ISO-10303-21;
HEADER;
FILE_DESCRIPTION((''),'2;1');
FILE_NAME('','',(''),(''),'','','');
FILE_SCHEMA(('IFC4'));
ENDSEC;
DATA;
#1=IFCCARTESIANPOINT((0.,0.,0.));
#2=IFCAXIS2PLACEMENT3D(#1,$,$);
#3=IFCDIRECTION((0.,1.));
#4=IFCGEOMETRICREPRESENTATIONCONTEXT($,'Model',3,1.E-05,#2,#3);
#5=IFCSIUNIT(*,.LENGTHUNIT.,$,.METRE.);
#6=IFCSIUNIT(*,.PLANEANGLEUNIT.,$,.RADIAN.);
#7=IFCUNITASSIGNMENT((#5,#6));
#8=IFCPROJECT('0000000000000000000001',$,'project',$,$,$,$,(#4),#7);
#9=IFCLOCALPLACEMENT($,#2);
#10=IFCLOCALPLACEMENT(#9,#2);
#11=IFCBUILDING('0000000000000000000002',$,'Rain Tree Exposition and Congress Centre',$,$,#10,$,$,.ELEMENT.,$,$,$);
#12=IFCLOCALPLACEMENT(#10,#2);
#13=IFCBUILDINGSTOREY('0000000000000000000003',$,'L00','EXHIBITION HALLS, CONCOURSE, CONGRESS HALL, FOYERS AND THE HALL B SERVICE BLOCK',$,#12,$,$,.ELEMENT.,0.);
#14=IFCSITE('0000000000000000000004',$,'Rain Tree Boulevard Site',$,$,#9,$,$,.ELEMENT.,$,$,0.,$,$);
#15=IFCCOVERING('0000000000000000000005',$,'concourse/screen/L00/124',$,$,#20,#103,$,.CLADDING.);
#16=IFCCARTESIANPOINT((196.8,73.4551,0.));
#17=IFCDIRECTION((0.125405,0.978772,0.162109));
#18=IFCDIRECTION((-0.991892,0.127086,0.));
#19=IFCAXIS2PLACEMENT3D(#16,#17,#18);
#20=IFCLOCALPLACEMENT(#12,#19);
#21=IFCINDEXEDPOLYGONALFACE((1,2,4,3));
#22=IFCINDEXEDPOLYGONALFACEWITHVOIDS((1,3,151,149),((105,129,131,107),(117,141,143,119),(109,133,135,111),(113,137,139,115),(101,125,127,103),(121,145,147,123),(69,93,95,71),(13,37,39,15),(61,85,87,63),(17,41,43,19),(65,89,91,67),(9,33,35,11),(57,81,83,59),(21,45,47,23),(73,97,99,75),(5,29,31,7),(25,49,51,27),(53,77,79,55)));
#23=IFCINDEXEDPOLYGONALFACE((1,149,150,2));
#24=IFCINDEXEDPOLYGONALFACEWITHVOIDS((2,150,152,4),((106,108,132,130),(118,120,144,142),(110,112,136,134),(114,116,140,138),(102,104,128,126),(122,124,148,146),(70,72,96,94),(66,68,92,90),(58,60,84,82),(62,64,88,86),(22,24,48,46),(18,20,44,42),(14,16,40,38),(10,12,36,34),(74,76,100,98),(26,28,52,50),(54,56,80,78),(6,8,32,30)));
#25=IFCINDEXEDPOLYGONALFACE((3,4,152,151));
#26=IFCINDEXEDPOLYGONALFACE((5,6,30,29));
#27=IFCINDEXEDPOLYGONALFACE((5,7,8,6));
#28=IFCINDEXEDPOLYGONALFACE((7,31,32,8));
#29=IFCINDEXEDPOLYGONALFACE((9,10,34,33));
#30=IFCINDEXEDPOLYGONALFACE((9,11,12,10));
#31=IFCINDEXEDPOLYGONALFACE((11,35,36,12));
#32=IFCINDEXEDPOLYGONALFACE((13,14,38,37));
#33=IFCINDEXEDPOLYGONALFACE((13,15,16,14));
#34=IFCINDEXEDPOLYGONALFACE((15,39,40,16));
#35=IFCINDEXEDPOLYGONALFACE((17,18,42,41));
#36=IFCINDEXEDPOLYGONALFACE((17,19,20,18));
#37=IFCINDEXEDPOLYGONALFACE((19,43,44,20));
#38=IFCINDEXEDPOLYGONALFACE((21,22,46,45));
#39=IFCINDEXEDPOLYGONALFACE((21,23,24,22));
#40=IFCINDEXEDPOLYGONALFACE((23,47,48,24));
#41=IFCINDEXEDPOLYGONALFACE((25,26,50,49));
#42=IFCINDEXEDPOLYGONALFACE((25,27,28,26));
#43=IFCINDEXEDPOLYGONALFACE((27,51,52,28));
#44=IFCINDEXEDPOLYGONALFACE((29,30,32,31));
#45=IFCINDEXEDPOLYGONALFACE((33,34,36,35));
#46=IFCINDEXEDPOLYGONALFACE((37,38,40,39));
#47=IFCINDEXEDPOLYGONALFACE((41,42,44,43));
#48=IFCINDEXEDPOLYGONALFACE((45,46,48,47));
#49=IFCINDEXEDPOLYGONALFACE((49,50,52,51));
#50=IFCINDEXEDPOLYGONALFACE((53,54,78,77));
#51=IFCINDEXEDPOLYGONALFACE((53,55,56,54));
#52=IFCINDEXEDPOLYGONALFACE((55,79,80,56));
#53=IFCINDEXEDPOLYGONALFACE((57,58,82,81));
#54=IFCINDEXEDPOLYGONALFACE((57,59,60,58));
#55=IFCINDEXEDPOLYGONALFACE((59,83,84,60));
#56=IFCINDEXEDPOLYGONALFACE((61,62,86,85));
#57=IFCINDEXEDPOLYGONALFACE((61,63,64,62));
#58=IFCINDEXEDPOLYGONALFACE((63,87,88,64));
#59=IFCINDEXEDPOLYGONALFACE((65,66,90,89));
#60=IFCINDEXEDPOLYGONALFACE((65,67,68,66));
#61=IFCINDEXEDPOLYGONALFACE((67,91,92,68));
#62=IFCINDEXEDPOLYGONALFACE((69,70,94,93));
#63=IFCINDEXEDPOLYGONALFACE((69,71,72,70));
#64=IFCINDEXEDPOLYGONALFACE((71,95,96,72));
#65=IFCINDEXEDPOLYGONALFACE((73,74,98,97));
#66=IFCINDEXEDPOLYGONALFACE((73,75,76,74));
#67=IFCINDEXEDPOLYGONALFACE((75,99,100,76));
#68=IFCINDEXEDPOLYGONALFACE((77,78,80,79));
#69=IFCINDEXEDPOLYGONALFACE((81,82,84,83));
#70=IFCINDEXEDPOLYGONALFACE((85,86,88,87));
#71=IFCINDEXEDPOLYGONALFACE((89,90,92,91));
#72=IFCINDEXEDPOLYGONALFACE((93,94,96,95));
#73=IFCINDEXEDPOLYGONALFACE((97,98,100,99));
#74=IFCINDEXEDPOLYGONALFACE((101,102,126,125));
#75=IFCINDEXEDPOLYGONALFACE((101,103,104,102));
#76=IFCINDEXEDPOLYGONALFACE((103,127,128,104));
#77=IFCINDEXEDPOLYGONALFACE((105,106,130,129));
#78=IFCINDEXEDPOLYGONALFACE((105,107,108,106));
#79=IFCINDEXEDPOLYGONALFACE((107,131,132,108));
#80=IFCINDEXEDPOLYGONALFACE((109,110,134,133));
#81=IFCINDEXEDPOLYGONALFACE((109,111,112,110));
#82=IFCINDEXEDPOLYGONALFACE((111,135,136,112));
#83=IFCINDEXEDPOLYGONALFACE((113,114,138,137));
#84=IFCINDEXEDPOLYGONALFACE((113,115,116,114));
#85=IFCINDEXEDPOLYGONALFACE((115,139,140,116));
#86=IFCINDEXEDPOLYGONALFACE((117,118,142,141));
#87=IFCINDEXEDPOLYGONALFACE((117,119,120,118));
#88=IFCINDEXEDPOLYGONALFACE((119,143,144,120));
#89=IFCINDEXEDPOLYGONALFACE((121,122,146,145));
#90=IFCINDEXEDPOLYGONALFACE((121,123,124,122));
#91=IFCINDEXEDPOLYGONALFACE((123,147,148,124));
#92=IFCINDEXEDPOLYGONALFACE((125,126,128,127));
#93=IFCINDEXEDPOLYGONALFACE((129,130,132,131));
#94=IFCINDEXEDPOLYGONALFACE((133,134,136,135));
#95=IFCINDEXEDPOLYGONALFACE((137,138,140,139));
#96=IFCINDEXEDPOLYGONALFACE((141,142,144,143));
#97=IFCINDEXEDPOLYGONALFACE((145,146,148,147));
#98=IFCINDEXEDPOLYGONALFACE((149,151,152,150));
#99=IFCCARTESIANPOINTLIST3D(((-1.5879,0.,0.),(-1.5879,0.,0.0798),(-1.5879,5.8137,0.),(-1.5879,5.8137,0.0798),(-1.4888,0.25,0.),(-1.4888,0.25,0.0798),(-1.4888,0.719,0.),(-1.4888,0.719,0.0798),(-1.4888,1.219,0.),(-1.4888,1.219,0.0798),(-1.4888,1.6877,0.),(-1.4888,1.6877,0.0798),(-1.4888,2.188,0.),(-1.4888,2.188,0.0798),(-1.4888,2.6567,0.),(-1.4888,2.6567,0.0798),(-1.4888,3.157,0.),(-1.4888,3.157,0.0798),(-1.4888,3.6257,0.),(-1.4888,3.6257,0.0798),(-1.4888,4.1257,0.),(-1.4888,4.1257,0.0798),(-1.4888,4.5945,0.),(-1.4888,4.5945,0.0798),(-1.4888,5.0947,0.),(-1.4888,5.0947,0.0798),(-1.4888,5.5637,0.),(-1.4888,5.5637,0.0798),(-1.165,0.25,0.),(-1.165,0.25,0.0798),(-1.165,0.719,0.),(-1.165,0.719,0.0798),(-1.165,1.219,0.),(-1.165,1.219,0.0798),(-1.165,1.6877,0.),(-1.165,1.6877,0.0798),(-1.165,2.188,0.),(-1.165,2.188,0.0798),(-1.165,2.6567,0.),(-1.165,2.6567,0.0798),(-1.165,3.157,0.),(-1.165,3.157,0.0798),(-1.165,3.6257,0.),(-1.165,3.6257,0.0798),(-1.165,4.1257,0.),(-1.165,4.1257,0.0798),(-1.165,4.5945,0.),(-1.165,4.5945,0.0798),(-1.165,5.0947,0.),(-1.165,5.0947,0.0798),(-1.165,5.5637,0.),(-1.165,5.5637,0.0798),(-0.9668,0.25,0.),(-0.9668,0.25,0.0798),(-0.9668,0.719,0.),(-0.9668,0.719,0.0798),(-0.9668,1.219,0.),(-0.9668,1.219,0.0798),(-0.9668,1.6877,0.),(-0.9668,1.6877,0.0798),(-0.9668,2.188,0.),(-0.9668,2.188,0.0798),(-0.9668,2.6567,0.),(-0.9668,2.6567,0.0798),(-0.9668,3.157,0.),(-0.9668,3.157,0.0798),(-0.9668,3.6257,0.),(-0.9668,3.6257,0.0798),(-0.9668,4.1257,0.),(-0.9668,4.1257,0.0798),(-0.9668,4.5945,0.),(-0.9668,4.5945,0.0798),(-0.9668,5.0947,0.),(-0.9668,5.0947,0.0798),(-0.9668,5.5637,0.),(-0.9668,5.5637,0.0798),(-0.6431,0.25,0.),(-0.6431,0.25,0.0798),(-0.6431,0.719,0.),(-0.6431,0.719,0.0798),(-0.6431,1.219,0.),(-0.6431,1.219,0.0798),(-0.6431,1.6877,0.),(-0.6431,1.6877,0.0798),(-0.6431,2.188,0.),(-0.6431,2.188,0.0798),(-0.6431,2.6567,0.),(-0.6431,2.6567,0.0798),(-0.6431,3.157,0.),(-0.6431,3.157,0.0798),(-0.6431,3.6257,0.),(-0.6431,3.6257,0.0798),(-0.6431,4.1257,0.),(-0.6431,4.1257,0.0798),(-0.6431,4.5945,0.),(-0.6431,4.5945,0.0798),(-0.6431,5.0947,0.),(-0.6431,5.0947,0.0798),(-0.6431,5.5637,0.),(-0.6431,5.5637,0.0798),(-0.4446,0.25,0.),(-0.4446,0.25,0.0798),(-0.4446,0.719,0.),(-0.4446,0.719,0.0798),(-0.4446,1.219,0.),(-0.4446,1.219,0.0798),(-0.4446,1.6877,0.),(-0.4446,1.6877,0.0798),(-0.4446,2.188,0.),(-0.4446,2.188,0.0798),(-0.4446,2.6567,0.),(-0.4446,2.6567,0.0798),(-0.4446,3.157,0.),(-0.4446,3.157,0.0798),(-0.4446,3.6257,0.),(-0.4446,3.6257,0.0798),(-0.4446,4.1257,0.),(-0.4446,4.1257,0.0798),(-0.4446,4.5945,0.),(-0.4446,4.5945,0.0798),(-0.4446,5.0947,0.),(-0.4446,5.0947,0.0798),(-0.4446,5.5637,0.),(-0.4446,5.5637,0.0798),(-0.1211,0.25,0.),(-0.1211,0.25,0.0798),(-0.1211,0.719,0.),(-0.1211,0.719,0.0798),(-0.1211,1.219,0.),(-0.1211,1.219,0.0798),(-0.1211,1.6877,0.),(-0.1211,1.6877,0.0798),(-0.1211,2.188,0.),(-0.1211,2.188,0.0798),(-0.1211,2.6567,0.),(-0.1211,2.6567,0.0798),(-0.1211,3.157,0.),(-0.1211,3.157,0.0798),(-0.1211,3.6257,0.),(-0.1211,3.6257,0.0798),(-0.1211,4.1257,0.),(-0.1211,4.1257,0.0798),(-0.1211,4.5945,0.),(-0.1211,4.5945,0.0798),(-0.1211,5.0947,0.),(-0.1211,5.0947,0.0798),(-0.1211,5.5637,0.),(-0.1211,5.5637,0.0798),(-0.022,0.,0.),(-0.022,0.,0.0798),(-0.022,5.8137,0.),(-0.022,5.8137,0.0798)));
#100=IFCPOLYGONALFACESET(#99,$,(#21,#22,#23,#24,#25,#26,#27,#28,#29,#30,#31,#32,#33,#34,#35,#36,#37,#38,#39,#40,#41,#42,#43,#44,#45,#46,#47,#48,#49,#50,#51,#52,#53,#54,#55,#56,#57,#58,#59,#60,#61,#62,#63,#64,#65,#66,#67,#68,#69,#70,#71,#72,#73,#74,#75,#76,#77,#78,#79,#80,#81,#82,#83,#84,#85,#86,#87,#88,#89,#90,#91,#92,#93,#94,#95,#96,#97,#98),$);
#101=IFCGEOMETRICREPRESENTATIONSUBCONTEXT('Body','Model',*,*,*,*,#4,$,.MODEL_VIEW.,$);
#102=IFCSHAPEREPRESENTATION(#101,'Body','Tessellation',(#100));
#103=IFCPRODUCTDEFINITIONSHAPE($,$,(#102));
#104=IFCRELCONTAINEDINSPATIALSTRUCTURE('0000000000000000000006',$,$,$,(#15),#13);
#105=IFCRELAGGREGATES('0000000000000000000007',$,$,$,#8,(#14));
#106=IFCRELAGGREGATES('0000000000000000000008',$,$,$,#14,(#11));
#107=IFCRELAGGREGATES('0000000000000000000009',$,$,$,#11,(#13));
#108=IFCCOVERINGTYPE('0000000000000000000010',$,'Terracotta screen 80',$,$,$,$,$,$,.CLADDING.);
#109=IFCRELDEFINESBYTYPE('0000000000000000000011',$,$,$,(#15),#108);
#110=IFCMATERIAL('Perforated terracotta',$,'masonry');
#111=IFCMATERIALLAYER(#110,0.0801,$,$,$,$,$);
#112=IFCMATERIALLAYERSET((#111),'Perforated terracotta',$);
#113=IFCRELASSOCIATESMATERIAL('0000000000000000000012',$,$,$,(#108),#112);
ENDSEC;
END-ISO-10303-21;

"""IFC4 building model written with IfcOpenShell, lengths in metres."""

from ifc_helpers import new_model, si_unit, direction, frame, origin, place, context, subcontext, project, spatial, polyline, outline, extrude, material, layer, layer_set, type_object, element, save


model = new_model("IFC4")

# Units and contexts
model_context = context("Model", 3, precision=1e-05, world=origin(), true_north=direction((0.0, 1.0)))
body_context = subcontext(model_context, "Body", "Model", "MODEL_VIEW")
ifc_project = project(units=[si_unit("LENGTHUNIT", "METRE"), si_unit("PLANEANGLEUNIT", "RADIAN")], contexts=[model_context])

# Site, building, storey
site_placement = place(None, origin())
site = spatial("IfcSite", under=ifc_project, at=site_placement, Name="Rain Tree Boulevard Site", CompositionType="ELEMENT", RefElevation=0.0)
building_placement = place(site_placement, origin())
building = spatial("IfcBuilding", under=site, at=building_placement, Name="Rain Tree Exposition and Congress Centre", CompositionType="ELEMENT")
storey_placement = place(building_placement, origin())
storey = spatial("IfcBuildingStorey", under=building, at=storey_placement, Name="L00", Description="EXHIBITION HALLS, CONCOURSE, CONGRESS HALL, FOYERS AND THE HALL B SERVICE BLOCK", CompositionType="ELEMENT", Elevation=0.0)

# Covering
ifc_material_1 = material(Name="Perforated terracotta", Category="masonry")
ifc_layer_1 = layer(ifc_material_1, 0.0801)
ifc_layer_set_1 = layer_set([ifc_layer_1], Name="Perforated terracotta")
covering_type = type_object("IfcCoveringType", Name="Terracotta screen 80", PredefinedType="CLADDING", material=ifc_layer_set_1)
covering_1_placement = place(storey_placement, frame((196.8, 73.4551, 0.0), z_axis=(0.125405, 0.978772, 0.162109), x_axis=(-0.991892, 0.127086, 0.0)))
element("IfcCovering", 1, at=covering_1_placement, inside=storey, type_object=covering_type, Name="concourse/screen/L00/124", PredefinedType="CLADDING", context=body_context, shape_type="SweptSolid", body=[
    extrude(outline(polyline([(-0.022, 0.0), (-1.5879, 0.0), (-1.5879, 5.8137), (-0.022, 5.8137), (-0.022, 0.0)]), holes=[polyline([(-0.1211, 0.25), (-0.1211, 0.719), (-0.4446, 0.719), (-0.4446, 0.25), (-0.1211, 0.25)]), polyline([(-0.1211, 1.219), (-0.1211, 1.6877), (-0.4446, 1.6877), (-0.4446, 1.219), (-0.1211, 1.219)]), polyline([(-0.1211, 2.188), (-0.1211, 2.6567), (-0.4446, 2.6567), (-0.4446, 2.188), (-0.1211, 2.188)]), polyline([(-0.1211, 3.157), (-0.1211, 3.6257), (-0.4446, 3.6257), (-0.4446, 3.157), (-0.1211, 3.157)]), polyline([(-0.1211, 4.1257), (-0.1211, 4.5945), (-0.4446, 4.5945), (-0.4446, 4.1257), (-0.1211, 4.1257)]), polyline([(-0.1211, 5.0947), (-0.1211, 5.5637), (-0.4446, 5.5637), (-0.4446, 5.0947), (-0.1211, 5.0947)]), polyline([(-0.6431, 0.25), (-0.6431, 0.719), (-0.9668, 0.719), (-0.9668, 0.25), (-0.6431, 0.25)]), polyline([(-0.6431, 1.219), (-0.6431, 1.6877), (-0.9668, 1.6877), (-0.9668, 1.219), (-0.6431, 1.219)]), polyline([(-0.6431, 2.188), (-0.6431, 2.6567), (-0.9668, 2.6567), (-0.9668, 2.188), (-0.6431, 2.188)]), polyline([(-0.6431, 3.157), (-0.6431, 3.6257), (-0.9668, 3.6257), (-0.9668, 3.157), (-0.6431, 3.157)]), polyline([(-0.6431, 4.1257), (-0.6431, 4.5945), (-0.9668, 4.5945), (-0.9668, 4.1257), (-0.6431, 4.1257)]), polyline([(-0.6431, 5.0947), (-0.6431, 5.5637), (-0.9668, 5.5637), (-0.9668, 5.0947), (-0.6431, 5.0947)]), polyline([(-1.165, 0.25), (-1.165, 0.719), (-1.4888, 0.719), (-1.4888, 0.25), (-1.165, 0.25)]), polyline([(-1.165, 1.219), (-1.165, 1.6877), (-1.4888, 1.6877), (-1.4888, 1.219), (-1.165, 1.219)]), polyline([(-1.165, 2.188), (-1.165, 2.6567), (-1.4888, 2.6567), (-1.4888, 2.188), (-1.165, 2.188)]), polyline([(-1.165, 3.157), (-1.165, 3.6257), (-1.4888, 3.6257), (-1.4888, 3.157), (-1.165, 3.157)]), polyline([(-1.165, 4.1257), (-1.165, 4.5945), (-1.4888, 4.5945), (-1.4888, 4.1257), (-1.165, 4.1257)]), polyline([(-1.165, 5.0947), (-1.165, 5.5637), (-1.4888, 5.5637), (-1.4888, 5.0947), (-1.165, 5.0947)])]), origin(), (0.0, 0.0, 1.0), 0.0798),
])

save(model, "model.ifc")
